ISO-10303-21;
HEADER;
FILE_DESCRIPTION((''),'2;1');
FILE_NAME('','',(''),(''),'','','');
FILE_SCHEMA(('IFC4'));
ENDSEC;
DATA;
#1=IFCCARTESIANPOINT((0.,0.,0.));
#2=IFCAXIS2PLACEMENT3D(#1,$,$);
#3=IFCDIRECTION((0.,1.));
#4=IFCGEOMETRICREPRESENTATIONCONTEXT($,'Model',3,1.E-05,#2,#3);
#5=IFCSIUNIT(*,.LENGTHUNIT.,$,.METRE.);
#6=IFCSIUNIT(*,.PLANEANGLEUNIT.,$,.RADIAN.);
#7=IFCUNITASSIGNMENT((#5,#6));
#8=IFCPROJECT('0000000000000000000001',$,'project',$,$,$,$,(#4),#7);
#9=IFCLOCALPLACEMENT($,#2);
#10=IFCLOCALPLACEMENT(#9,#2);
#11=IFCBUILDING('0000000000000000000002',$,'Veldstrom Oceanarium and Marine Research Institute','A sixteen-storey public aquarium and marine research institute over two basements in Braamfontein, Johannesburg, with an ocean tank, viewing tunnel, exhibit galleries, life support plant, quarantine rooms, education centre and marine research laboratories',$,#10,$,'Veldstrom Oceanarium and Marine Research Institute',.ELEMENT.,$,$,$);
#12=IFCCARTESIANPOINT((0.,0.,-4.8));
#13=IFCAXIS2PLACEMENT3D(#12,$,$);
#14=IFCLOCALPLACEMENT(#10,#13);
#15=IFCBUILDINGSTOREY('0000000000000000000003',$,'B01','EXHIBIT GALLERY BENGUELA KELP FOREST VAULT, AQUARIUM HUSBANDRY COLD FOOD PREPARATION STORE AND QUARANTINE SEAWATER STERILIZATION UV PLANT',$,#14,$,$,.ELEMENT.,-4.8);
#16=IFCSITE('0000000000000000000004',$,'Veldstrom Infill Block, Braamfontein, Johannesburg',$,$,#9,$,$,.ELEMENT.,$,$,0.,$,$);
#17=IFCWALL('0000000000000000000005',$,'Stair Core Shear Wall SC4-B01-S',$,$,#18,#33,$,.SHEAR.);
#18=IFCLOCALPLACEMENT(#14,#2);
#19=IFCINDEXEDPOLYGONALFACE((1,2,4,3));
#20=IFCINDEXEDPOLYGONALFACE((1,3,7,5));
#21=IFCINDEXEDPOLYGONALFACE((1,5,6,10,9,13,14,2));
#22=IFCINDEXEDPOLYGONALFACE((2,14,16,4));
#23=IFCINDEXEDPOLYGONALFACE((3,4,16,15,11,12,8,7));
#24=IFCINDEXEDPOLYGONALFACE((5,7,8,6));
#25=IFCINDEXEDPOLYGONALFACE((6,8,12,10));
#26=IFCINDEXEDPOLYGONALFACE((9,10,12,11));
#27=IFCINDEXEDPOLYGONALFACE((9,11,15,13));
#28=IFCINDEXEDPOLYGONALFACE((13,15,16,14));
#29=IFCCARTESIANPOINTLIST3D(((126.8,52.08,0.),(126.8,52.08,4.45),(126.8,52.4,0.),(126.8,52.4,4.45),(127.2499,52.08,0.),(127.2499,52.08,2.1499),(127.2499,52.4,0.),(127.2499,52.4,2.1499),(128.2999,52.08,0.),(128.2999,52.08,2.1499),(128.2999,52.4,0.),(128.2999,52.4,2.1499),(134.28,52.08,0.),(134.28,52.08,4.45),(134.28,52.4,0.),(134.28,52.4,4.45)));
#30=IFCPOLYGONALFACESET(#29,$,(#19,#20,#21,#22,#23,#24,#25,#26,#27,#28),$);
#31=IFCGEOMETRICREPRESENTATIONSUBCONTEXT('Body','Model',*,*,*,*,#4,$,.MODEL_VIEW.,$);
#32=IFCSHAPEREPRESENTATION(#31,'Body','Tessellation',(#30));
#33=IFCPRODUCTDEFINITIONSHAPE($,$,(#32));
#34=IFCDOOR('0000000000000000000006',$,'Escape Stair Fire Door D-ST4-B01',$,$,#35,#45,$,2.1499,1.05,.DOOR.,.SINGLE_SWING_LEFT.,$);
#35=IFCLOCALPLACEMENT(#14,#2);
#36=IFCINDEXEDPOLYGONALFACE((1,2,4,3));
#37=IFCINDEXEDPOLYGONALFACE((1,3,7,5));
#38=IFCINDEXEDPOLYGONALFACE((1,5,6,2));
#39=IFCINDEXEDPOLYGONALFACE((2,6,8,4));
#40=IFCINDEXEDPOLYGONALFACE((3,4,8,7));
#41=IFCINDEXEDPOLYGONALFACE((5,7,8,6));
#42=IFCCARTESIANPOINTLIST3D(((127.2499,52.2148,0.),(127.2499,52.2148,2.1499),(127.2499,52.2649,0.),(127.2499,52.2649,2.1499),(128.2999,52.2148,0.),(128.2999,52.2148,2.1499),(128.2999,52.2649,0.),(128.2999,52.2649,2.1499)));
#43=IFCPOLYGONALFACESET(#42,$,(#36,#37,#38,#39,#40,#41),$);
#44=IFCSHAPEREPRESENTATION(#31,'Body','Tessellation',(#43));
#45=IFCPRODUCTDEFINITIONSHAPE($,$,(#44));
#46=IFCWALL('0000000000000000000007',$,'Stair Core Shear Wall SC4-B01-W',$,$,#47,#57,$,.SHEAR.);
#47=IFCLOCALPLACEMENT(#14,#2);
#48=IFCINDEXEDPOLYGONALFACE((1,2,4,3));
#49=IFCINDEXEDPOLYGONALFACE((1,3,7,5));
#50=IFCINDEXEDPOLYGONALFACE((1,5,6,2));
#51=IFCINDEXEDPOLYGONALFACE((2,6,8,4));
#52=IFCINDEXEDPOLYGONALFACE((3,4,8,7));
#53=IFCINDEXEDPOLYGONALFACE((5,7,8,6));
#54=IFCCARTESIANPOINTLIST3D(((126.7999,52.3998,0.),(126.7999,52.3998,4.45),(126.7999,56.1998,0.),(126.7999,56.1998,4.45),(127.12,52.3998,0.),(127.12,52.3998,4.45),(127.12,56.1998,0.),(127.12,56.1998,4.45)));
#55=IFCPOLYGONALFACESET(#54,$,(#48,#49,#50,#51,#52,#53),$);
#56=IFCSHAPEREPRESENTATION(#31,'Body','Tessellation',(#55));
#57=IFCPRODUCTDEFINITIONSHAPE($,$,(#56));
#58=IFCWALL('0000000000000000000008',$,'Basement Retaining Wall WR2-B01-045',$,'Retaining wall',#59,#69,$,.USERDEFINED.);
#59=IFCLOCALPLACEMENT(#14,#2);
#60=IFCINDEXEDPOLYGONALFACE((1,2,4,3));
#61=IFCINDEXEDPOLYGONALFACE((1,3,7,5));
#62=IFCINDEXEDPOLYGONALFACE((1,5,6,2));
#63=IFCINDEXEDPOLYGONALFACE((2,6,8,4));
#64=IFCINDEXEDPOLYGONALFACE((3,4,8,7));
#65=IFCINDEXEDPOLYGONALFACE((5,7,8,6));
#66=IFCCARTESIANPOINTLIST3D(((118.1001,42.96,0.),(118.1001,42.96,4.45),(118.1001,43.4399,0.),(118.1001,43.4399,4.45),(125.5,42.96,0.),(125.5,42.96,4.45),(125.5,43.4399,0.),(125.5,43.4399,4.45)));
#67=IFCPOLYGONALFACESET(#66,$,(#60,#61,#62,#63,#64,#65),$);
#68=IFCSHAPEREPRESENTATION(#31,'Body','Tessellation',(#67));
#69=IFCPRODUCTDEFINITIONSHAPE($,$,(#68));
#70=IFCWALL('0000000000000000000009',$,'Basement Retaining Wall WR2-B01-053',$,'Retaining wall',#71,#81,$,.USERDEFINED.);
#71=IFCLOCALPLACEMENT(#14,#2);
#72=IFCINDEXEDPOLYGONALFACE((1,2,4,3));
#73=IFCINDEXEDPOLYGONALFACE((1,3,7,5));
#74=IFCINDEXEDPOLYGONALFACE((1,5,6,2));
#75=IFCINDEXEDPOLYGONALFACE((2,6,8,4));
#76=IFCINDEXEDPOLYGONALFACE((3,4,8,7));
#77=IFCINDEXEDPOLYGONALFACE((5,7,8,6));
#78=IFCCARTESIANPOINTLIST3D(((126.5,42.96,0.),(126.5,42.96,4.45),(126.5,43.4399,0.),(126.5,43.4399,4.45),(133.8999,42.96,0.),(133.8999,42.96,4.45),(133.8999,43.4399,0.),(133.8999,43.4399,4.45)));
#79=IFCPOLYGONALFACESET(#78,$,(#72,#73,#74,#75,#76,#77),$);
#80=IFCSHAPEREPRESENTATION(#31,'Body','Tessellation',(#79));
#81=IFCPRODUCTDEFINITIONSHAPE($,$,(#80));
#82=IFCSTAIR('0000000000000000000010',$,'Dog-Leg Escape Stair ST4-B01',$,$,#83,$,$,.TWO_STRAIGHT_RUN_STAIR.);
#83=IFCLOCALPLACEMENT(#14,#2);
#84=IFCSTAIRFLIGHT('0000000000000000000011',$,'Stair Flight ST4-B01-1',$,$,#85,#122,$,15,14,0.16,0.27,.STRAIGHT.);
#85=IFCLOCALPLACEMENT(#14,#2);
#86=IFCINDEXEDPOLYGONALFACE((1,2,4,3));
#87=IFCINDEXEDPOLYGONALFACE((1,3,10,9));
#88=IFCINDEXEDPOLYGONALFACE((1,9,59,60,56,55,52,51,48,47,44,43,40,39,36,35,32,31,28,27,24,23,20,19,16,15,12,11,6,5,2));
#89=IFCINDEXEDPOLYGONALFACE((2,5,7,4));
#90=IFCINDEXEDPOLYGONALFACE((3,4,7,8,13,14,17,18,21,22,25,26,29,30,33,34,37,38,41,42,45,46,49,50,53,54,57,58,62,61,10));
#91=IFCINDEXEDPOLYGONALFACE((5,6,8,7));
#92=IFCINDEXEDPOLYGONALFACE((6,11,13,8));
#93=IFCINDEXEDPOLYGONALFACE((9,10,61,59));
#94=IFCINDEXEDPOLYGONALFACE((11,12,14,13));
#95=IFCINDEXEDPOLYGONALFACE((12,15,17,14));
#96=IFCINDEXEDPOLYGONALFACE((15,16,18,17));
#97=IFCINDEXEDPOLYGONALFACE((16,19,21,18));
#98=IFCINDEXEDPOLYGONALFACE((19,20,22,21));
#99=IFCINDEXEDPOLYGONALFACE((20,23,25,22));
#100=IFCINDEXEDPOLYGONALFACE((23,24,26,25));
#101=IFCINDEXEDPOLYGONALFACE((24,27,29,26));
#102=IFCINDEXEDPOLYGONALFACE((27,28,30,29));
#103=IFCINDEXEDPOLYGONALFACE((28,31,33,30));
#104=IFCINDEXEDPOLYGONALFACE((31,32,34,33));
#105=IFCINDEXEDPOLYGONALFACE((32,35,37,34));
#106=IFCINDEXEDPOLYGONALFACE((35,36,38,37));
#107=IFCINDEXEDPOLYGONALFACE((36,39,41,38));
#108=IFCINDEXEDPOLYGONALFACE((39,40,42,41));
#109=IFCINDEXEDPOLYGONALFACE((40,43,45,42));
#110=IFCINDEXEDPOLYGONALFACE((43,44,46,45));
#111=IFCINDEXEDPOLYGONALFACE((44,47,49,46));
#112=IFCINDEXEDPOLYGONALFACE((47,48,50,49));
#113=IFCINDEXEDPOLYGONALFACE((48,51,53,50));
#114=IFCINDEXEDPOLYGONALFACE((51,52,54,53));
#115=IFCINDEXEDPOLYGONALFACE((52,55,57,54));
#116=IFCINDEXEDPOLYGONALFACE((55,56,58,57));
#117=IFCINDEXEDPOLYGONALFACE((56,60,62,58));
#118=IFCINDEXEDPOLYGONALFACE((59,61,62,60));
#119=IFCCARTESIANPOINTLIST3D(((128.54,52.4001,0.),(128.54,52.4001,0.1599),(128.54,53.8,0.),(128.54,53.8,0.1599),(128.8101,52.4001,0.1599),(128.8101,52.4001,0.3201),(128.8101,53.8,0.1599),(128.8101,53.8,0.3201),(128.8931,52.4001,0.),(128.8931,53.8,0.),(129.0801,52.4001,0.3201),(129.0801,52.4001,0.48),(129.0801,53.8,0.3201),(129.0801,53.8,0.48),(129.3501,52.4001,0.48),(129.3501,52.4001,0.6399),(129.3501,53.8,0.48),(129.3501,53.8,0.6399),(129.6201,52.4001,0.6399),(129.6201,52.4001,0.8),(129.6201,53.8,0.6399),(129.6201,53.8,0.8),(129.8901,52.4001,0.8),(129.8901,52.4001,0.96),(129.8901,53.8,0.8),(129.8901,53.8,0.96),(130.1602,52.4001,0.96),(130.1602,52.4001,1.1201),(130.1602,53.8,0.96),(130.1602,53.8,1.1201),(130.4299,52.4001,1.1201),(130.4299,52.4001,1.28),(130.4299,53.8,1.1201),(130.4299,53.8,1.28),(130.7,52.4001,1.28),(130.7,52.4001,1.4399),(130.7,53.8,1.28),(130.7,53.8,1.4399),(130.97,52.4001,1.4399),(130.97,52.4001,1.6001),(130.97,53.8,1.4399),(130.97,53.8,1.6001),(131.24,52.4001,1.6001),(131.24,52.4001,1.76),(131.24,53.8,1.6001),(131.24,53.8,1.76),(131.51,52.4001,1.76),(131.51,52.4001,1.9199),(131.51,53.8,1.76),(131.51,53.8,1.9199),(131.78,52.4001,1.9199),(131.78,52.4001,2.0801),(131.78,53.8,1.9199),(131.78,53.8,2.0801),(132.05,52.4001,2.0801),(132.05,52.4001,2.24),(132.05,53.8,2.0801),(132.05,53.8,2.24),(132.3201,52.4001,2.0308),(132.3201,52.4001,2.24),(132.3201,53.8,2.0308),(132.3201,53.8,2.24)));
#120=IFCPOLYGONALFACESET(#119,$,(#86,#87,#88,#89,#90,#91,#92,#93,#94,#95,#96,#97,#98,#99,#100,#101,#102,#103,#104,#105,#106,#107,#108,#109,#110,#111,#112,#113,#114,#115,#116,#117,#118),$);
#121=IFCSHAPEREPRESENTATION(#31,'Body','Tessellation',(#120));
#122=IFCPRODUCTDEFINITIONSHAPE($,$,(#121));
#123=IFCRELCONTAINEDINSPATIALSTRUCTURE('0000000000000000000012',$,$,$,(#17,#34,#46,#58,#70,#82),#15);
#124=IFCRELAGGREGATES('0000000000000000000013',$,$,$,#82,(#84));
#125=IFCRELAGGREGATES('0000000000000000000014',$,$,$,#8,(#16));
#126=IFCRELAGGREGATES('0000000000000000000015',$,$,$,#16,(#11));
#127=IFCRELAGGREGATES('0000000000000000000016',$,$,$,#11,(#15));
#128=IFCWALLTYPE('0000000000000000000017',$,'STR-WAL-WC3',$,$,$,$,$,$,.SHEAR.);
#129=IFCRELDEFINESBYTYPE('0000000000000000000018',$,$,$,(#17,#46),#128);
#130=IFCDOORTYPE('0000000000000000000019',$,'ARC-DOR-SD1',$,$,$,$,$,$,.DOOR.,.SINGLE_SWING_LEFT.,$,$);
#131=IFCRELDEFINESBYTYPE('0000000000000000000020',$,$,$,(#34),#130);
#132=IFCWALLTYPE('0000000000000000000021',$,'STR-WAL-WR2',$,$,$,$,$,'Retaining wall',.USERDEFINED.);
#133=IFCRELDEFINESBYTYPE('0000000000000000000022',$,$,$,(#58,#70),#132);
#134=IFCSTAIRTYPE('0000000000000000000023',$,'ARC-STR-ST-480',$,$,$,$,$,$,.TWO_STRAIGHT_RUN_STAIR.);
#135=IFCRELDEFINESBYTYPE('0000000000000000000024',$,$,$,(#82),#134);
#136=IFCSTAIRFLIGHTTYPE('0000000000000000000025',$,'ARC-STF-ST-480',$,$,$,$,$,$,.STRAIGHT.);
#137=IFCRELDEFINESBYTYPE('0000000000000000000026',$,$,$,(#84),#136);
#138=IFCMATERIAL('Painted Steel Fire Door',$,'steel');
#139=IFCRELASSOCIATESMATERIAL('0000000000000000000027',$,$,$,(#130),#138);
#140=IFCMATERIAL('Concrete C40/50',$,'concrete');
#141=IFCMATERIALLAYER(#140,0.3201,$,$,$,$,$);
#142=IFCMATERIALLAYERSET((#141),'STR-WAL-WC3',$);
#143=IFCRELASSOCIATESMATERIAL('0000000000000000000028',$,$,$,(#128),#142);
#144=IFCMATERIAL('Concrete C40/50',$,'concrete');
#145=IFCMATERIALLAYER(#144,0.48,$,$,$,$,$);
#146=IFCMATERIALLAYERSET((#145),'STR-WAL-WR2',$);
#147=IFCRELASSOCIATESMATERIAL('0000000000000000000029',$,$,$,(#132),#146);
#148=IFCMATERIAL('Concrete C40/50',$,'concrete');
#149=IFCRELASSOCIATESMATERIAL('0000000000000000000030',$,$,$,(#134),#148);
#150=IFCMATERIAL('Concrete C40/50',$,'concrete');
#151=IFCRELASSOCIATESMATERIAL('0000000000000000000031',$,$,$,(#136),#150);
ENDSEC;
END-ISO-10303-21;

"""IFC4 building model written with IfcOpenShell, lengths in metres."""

from ifc_helpers import new_model, si_unit, direction, frame, frame_2d, origin, place, context, subcontext, project, spatial, polyline, rectangle, outline, extrude, material, layer, layer_set, type_object, element, fill, aggregate, save


model = new_model("IFC4")

# Units and contexts
model_context = context("Model", 3, precision=1e-05, world=origin(), true_north=direction((0.0, 1.0)))
body_context = subcontext(model_context, "Body", "Model", "MODEL_VIEW")
ifc_project = project(units=[si_unit("LENGTHUNIT", "METRE"), si_unit("PLANEANGLEUNIT", "RADIAN")], contexts=[model_context])

# Site, building, storey
site_placement = place(None, origin())
site = spatial("IfcSite", under=ifc_project, at=site_placement, Name="Veldstrom Infill Block, Braamfontein, Johannesburg", CompositionType="ELEMENT", RefElevation=0.0)
building_placement = place(site_placement, origin())
building = spatial("IfcBuilding", under=site, at=building_placement, Name="Veldstrom Oceanarium and Marine Research Institute", Description="A sixteen-storey public aquarium and marine research institute over two basements in Braamfontein, Johannesburg, with an ocean tank, viewing tunnel, exhibit galleries, life support plant, quarantine rooms, education centre and marine research laboratories", LongName="Veldstrom Oceanarium and Marine Research Institute", CompositionType="ELEMENT")
storey_placement = place(building_placement, frame((0.0, 0.0, -4.8)))
storey = spatial("IfcBuildingStorey", under=building, at=storey_placement, Name="B01", Description="EXHIBIT GALLERY BENGUELA KELP FOREST VAULT, AQUARIUM HUSBANDRY COLD FOOD PREPARATION STORE AND QUARANTINE SEAWATER STERILIZATION UV PLANT", CompositionType="ELEMENT", Elevation=-4.8)

# Shared definitions
ifc_material_1 = material(Name="Painted Steel Fire Door", Category="steel")
door_type_1 = type_object("IfcDoorType", Name="ARC-DOR-SD1", OperationType="SINGLE_SWING_LEFT", PredefinedType="DOOR", material=ifc_material_1)

# Wall, opening, door
ifc_material_2 = material(Name="Concrete C40/50", Category="concrete")
ifc_layer_1 = layer(ifc_material_2, 0.3201)
ifc_layer_set_1 = layer_set([ifc_layer_1], Name="STR-WAL-WC3")
wall_type_1 = type_object("IfcWallType", Name="STR-WAL-WC3", PredefinedType="SHEAR", material=ifc_layer_set_1)
wall_1_placement = place(storey_placement, frame((126.8, 52.24, 0.0), z_axis=(0.0, 0.0, 1.0), x_axis=(1.0, 0.0, 0.0)))
wall_1 = element("IfcWall", 1, at=wall_1_placement, inside=storey, type_object=wall_type_1, Name="Stair Core Shear Wall SC4-B01-S", PredefinedType="SHEAR", context=body_context, shape_type="SweptSolid", body=[
    extrude(rectangle(XDim=7.48, YDim=0.3201, at=frame_2d((3.74, 0.0))), origin(), (0.0, 0.0, 1.0), 4.45),
])
opening_1_placement = place(wall_1_placement, frame((0.45, 0.0, 0.0)))
opening_1 = element("IfcOpeningElement", 2, at=opening_1_placement, cuts=wall_1, PredefinedType="OPENING", context=body_context, shape_type="SweptSolid", body=[
    extrude(rectangle(XDim=1.05, YDim=2.1499, at=frame_2d((0.5249, 1.075))), frame((0.0, 0.1699, 0.0), z_axis=(0.0, -1.0, 0.0), x_axis=(1.0, 0.0, 0.0)), (0.0, 0.0, 1.0), 0.3401),
])
door_1_placement = place(opening_1_placement, origin())
door_1 = element("IfcDoor", 3, at=door_1_placement, inside=storey, type_object=door_type_1, Name="Escape Stair Fire Door D-ST4-B01", OperationType="SINGLE_SWING_LEFT", OverallHeight=2.1499, OverallWidth=1.05, PredefinedType="DOOR", context=body_context, shape_type="SweptSolid", body=[
    extrude(rectangle(XDim=1.05, YDim=2.1499, at=frame_2d((0.5249, 1.075))), frame((0.0, 0.0249, 0.0), z_axis=(0.0, -1.0, 0.0), x_axis=(1.0, 0.0, 0.0)), (0.0, 0.0, 1.0), 0.05),
])
fill(opening_1, door_1)

# Walls
wall_2_placement = place(storey_placement, frame((126.96, 52.3999, 0.0), z_axis=(0.0, 0.0, 1.0), x_axis=(0.0, 1.0, 0.0)))
element("IfcWall", 4, at=wall_2_placement, inside=storey, type_object=wall_type_1, Name="Stair Core Shear Wall SC4-B01-W", PredefinedType="SHEAR", context=body_context, shape_type="SweptSolid", body=[
    extrude(rectangle(XDim=3.8, YDim=0.3201, at=frame_2d((1.8999, 0.0))), origin(), (0.0, 0.0, 1.0), 4.45),
])
ifc_material_3 = material(Name="Concrete C40/50", Category="concrete")
ifc_layer_2 = layer(ifc_material_3, 0.48)
ifc_layer_set_2 = layer_set([ifc_layer_2], Name="STR-WAL-WR2")
wall_type_2 = type_object("IfcWallType", Name="STR-WAL-WR2", ElementType="Retaining wall", PredefinedType="USERDEFINED", material=ifc_layer_set_2)
for number, where, z_axis, x_axis, name in (
    (5, (118.1001, 43.2, 0.0), (0.0, 0.0, 1.0), (1.0, 0.0, 0.0), "Basement Retaining Wall WR2-B01-045"),
    (6, (126.5, 43.2, 0.0), (0.0, 0.0, 1.0), (1.0, 0.0, 0.0), "Basement Retaining Wall WR2-B01-053"),
):
    element("IfcWall", number, at=place(storey_placement, frame(where, z_axis=z_axis, x_axis=x_axis)), inside=storey, type_object=wall_type_2, Name=name, ObjectType="Retaining wall", PredefinedType="USERDEFINED", context=body_context, shape_type="SweptSolid", body=[
        extrude(rectangle(XDim=7.3999, YDim=0.48, at=frame_2d((3.7, 0.0))), origin(), (0.0, 0.0, 1.0), 4.45),
    ])

# Stair, stair flight
ifc_material_4 = material(Name="Concrete C40/50", Category="concrete")
stair_type = type_object("IfcStairType", Name="ARC-STR-ST-480", PredefinedType="TWO_STRAIGHT_RUN_STAIR", material=ifc_material_4)
stair_placement = place(storey_placement, origin())
stair = element("IfcStair", 7, at=stair_placement, inside=storey, type_object=stair_type, Name="Dog-Leg Escape Stair ST4-B01", PredefinedType="TWO_STRAIGHT_RUN_STAIR")
ifc_material_5 = material(Name="Concrete C40/50", Category="concrete")
stair_flight_type = type_object("IfcStairFlightType", Name="ARC-STF-ST-480", PredefinedType="STRAIGHT", material=ifc_material_5)
stair_flight_placement = place(storey_placement, frame((128.54, 53.1001, 0.0), z_axis=(0.0, 0.0, 1.0), x_axis=(1.0, 0.0, 0.0)))
stair_flight = element("IfcStairFlight", 8, at=stair_flight_placement, type_object=stair_flight_type, Name="Stair Flight ST4-B01-1", NumberOfRisers=15, NumberOfTreads=14, PredefinedType="STRAIGHT", RiserHeight=0.16, TreadLength=0.27, context=body_context, shape_type="SweptSolid", body=[
    extrude(outline(polyline([(0.0, 0.0), (0.0, 0.1599), (0.27, 0.1599), (0.27, 0.3201), (0.54, 0.3201), (0.54, 0.48), (0.8101, 0.48), (0.8101, 0.6399), (1.0801, 0.6399), (1.0801, 0.8), (1.3501, 0.8), (1.3501, 0.96), (1.6201, 0.96), (1.6201, 1.1201), (1.8899, 1.1201), (1.8899, 1.28), (2.1599, 1.28), (2.1599, 1.4399), (2.4299, 1.4399), (2.4299, 1.6001), (2.7, 1.6001), (2.7, 1.76), (2.97, 1.76), (2.97, 1.9199), (3.24, 1.9199), (3.24, 2.0801), (3.51, 2.0801), (3.51, 2.24), (3.78, 2.24), (3.78, 2.3999), (3.78, 2.0308), (0.353, 0.0), (0.0, 0.0)])), frame((0.0, 0.7, 0.0), z_axis=(0.0, -1.0, 0.0), x_axis=(1.0, 0.0, 0.0)), (0.0, 0.0, 1.0), 1.3999),
])
aggregate(stair, [stair_flight])

save(model, "model.ifc")
